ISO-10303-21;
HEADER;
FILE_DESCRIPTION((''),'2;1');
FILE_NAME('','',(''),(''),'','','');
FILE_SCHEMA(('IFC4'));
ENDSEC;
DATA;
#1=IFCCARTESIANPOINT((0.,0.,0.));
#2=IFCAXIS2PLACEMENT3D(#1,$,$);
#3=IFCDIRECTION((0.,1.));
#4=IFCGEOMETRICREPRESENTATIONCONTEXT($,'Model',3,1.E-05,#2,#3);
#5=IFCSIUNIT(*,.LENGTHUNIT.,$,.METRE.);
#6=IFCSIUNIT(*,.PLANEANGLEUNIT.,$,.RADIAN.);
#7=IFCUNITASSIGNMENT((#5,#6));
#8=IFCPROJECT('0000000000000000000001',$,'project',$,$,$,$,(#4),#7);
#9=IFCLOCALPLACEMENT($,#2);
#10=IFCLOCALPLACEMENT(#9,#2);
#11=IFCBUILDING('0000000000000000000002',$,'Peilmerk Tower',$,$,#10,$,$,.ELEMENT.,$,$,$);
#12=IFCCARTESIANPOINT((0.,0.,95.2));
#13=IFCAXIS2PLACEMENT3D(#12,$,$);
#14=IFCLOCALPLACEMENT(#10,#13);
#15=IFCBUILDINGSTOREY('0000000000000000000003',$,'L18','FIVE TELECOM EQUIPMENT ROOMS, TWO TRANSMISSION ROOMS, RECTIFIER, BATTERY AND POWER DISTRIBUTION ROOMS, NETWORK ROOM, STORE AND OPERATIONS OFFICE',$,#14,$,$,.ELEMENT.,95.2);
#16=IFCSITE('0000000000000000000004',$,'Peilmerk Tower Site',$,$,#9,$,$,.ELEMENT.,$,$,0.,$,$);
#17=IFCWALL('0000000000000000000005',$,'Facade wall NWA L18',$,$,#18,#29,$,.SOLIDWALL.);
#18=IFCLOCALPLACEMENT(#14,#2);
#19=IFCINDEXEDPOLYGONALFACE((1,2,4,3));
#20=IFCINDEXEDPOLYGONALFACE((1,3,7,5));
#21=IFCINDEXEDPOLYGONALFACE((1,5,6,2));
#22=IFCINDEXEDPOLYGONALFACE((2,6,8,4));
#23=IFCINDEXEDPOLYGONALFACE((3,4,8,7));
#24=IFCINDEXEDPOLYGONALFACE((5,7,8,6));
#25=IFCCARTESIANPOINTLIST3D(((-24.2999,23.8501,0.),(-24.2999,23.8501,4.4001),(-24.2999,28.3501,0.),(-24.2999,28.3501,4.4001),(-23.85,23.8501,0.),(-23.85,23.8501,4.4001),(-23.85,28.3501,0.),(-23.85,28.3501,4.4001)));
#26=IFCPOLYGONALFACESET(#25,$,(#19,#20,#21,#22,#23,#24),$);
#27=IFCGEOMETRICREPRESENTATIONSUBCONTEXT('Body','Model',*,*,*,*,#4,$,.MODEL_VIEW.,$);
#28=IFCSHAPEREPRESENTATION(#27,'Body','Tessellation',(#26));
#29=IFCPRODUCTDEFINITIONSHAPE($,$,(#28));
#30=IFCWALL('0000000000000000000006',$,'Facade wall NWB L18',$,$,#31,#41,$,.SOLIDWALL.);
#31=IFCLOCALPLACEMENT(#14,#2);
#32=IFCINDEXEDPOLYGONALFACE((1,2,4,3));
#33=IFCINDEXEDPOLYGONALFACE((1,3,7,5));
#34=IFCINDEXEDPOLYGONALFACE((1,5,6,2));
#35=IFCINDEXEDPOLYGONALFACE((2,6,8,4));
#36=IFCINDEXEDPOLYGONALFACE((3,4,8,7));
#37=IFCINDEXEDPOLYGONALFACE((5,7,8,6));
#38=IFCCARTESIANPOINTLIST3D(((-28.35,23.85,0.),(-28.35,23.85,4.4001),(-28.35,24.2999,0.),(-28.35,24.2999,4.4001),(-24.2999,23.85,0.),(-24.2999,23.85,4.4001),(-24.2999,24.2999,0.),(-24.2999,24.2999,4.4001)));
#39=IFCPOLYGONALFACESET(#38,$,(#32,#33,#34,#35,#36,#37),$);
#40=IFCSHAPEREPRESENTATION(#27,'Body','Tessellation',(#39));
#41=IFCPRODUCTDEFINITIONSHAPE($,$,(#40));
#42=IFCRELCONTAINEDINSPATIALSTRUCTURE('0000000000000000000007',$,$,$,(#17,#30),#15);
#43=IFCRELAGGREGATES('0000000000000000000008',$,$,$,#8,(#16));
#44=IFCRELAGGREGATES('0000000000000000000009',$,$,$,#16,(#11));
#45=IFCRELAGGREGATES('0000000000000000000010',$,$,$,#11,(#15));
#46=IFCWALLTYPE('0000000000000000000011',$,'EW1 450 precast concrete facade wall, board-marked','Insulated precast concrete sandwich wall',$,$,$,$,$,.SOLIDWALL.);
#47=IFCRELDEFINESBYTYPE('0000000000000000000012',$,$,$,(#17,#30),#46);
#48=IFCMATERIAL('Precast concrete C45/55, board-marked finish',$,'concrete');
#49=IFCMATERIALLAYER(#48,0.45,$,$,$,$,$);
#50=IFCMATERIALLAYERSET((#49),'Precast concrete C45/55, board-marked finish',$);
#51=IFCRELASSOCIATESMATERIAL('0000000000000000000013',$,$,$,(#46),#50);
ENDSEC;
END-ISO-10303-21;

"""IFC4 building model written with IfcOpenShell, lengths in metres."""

from ifc_helpers import new_model, si_unit, direction, frame, frame_2d, origin, place, context, subcontext, project, spatial, rectangle, extrude, material, layer, layer_set, type_object, element, save


model = new_model("IFC4")

# Units and contexts
model_context = context("Model", 3, precision=1e-05, world=origin(), true_north=direction((0.0, 1.0)))
body_context = subcontext(model_context, "Body", "Model", "MODEL_VIEW")
ifc_project = project(units=[si_unit("LENGTHUNIT", "METRE"), si_unit("PLANEANGLEUNIT", "RADIAN")], contexts=[model_context])

# Site, building, storey
site_placement = place(None, origin())
site = spatial("IfcSite", under=ifc_project, at=site_placement, Name="Peilmerk Tower Site", CompositionType="ELEMENT", RefElevation=0.0)
building_placement = place(site_placement, origin())
building = spatial("IfcBuilding", under=site, at=building_placement, Name="Peilmerk Tower", CompositionType="ELEMENT")
storey_placement = place(building_placement, frame((0.0, 0.0, 95.2)))
storey = spatial("IfcBuildingStorey", under=building, at=storey_placement, Name="L18", Description="FIVE TELECOM EQUIPMENT ROOMS, TWO TRANSMISSION ROOMS, RECTIFIER, BATTERY AND POWER DISTRIBUTION ROOMS, NETWORK ROOM, STORE AND OPERATIONS OFFICE", CompositionType="ELEMENT", Elevation=95.2)

# Shared definitions
ifc_material_1 = material(Name="Precast concrete C45/55, board-marked finish", Category="concrete")
ifc_layer = layer(ifc_material_1, 0.45)
ifc_layer_set = layer_set([ifc_layer], Name="Precast concrete C45/55, board-marked finish")
wall_type = type_object("IfcWallType", Name="EW1 450 precast concrete facade wall, board-marked", Description="Insulated precast concrete sandwich wall", PredefinedType="SOLIDWALL", material=ifc_layer_set)

# Walls
wall_1_placement = place(storey_placement, frame((-24.075, 23.8501, 0.0), z_axis=(0.0, 0.0, 1.0), x_axis=(0.0, 1.0, 0.0)))
element("IfcWall", 1, at=wall_1_placement, inside=storey, type_object=wall_type, Name="Facade wall NWA L18", PredefinedType="SOLIDWALL", context=body_context, shape_type="SweptSolid", body=[
    extrude(rectangle(XDim=4.5, YDim=0.45, at=frame_2d((2.25, 0.0))), origin(), (0.0, 0.0, 1.0), 4.4001),
])
wall_2_placement = place(storey_placement, frame((-24.3, 24.075, 0.0), z_axis=(0.0, 0.0, 1.0), x_axis=(-1.0, 0.0, 0.0)))
element("IfcWall", 2, at=wall_2_placement, inside=storey, type_object=wall_type, Name="Facade wall NWB L18", PredefinedType="SOLIDWALL", context=body_context, shape_type="SweptSolid", body=[
    extrude(rectangle(XDim=4.05, YDim=0.45, at=frame_2d((2.0249, 0.0))), origin(), (0.0, 0.0, 1.0), 4.4001),
])

save(model, "model.ifc")
